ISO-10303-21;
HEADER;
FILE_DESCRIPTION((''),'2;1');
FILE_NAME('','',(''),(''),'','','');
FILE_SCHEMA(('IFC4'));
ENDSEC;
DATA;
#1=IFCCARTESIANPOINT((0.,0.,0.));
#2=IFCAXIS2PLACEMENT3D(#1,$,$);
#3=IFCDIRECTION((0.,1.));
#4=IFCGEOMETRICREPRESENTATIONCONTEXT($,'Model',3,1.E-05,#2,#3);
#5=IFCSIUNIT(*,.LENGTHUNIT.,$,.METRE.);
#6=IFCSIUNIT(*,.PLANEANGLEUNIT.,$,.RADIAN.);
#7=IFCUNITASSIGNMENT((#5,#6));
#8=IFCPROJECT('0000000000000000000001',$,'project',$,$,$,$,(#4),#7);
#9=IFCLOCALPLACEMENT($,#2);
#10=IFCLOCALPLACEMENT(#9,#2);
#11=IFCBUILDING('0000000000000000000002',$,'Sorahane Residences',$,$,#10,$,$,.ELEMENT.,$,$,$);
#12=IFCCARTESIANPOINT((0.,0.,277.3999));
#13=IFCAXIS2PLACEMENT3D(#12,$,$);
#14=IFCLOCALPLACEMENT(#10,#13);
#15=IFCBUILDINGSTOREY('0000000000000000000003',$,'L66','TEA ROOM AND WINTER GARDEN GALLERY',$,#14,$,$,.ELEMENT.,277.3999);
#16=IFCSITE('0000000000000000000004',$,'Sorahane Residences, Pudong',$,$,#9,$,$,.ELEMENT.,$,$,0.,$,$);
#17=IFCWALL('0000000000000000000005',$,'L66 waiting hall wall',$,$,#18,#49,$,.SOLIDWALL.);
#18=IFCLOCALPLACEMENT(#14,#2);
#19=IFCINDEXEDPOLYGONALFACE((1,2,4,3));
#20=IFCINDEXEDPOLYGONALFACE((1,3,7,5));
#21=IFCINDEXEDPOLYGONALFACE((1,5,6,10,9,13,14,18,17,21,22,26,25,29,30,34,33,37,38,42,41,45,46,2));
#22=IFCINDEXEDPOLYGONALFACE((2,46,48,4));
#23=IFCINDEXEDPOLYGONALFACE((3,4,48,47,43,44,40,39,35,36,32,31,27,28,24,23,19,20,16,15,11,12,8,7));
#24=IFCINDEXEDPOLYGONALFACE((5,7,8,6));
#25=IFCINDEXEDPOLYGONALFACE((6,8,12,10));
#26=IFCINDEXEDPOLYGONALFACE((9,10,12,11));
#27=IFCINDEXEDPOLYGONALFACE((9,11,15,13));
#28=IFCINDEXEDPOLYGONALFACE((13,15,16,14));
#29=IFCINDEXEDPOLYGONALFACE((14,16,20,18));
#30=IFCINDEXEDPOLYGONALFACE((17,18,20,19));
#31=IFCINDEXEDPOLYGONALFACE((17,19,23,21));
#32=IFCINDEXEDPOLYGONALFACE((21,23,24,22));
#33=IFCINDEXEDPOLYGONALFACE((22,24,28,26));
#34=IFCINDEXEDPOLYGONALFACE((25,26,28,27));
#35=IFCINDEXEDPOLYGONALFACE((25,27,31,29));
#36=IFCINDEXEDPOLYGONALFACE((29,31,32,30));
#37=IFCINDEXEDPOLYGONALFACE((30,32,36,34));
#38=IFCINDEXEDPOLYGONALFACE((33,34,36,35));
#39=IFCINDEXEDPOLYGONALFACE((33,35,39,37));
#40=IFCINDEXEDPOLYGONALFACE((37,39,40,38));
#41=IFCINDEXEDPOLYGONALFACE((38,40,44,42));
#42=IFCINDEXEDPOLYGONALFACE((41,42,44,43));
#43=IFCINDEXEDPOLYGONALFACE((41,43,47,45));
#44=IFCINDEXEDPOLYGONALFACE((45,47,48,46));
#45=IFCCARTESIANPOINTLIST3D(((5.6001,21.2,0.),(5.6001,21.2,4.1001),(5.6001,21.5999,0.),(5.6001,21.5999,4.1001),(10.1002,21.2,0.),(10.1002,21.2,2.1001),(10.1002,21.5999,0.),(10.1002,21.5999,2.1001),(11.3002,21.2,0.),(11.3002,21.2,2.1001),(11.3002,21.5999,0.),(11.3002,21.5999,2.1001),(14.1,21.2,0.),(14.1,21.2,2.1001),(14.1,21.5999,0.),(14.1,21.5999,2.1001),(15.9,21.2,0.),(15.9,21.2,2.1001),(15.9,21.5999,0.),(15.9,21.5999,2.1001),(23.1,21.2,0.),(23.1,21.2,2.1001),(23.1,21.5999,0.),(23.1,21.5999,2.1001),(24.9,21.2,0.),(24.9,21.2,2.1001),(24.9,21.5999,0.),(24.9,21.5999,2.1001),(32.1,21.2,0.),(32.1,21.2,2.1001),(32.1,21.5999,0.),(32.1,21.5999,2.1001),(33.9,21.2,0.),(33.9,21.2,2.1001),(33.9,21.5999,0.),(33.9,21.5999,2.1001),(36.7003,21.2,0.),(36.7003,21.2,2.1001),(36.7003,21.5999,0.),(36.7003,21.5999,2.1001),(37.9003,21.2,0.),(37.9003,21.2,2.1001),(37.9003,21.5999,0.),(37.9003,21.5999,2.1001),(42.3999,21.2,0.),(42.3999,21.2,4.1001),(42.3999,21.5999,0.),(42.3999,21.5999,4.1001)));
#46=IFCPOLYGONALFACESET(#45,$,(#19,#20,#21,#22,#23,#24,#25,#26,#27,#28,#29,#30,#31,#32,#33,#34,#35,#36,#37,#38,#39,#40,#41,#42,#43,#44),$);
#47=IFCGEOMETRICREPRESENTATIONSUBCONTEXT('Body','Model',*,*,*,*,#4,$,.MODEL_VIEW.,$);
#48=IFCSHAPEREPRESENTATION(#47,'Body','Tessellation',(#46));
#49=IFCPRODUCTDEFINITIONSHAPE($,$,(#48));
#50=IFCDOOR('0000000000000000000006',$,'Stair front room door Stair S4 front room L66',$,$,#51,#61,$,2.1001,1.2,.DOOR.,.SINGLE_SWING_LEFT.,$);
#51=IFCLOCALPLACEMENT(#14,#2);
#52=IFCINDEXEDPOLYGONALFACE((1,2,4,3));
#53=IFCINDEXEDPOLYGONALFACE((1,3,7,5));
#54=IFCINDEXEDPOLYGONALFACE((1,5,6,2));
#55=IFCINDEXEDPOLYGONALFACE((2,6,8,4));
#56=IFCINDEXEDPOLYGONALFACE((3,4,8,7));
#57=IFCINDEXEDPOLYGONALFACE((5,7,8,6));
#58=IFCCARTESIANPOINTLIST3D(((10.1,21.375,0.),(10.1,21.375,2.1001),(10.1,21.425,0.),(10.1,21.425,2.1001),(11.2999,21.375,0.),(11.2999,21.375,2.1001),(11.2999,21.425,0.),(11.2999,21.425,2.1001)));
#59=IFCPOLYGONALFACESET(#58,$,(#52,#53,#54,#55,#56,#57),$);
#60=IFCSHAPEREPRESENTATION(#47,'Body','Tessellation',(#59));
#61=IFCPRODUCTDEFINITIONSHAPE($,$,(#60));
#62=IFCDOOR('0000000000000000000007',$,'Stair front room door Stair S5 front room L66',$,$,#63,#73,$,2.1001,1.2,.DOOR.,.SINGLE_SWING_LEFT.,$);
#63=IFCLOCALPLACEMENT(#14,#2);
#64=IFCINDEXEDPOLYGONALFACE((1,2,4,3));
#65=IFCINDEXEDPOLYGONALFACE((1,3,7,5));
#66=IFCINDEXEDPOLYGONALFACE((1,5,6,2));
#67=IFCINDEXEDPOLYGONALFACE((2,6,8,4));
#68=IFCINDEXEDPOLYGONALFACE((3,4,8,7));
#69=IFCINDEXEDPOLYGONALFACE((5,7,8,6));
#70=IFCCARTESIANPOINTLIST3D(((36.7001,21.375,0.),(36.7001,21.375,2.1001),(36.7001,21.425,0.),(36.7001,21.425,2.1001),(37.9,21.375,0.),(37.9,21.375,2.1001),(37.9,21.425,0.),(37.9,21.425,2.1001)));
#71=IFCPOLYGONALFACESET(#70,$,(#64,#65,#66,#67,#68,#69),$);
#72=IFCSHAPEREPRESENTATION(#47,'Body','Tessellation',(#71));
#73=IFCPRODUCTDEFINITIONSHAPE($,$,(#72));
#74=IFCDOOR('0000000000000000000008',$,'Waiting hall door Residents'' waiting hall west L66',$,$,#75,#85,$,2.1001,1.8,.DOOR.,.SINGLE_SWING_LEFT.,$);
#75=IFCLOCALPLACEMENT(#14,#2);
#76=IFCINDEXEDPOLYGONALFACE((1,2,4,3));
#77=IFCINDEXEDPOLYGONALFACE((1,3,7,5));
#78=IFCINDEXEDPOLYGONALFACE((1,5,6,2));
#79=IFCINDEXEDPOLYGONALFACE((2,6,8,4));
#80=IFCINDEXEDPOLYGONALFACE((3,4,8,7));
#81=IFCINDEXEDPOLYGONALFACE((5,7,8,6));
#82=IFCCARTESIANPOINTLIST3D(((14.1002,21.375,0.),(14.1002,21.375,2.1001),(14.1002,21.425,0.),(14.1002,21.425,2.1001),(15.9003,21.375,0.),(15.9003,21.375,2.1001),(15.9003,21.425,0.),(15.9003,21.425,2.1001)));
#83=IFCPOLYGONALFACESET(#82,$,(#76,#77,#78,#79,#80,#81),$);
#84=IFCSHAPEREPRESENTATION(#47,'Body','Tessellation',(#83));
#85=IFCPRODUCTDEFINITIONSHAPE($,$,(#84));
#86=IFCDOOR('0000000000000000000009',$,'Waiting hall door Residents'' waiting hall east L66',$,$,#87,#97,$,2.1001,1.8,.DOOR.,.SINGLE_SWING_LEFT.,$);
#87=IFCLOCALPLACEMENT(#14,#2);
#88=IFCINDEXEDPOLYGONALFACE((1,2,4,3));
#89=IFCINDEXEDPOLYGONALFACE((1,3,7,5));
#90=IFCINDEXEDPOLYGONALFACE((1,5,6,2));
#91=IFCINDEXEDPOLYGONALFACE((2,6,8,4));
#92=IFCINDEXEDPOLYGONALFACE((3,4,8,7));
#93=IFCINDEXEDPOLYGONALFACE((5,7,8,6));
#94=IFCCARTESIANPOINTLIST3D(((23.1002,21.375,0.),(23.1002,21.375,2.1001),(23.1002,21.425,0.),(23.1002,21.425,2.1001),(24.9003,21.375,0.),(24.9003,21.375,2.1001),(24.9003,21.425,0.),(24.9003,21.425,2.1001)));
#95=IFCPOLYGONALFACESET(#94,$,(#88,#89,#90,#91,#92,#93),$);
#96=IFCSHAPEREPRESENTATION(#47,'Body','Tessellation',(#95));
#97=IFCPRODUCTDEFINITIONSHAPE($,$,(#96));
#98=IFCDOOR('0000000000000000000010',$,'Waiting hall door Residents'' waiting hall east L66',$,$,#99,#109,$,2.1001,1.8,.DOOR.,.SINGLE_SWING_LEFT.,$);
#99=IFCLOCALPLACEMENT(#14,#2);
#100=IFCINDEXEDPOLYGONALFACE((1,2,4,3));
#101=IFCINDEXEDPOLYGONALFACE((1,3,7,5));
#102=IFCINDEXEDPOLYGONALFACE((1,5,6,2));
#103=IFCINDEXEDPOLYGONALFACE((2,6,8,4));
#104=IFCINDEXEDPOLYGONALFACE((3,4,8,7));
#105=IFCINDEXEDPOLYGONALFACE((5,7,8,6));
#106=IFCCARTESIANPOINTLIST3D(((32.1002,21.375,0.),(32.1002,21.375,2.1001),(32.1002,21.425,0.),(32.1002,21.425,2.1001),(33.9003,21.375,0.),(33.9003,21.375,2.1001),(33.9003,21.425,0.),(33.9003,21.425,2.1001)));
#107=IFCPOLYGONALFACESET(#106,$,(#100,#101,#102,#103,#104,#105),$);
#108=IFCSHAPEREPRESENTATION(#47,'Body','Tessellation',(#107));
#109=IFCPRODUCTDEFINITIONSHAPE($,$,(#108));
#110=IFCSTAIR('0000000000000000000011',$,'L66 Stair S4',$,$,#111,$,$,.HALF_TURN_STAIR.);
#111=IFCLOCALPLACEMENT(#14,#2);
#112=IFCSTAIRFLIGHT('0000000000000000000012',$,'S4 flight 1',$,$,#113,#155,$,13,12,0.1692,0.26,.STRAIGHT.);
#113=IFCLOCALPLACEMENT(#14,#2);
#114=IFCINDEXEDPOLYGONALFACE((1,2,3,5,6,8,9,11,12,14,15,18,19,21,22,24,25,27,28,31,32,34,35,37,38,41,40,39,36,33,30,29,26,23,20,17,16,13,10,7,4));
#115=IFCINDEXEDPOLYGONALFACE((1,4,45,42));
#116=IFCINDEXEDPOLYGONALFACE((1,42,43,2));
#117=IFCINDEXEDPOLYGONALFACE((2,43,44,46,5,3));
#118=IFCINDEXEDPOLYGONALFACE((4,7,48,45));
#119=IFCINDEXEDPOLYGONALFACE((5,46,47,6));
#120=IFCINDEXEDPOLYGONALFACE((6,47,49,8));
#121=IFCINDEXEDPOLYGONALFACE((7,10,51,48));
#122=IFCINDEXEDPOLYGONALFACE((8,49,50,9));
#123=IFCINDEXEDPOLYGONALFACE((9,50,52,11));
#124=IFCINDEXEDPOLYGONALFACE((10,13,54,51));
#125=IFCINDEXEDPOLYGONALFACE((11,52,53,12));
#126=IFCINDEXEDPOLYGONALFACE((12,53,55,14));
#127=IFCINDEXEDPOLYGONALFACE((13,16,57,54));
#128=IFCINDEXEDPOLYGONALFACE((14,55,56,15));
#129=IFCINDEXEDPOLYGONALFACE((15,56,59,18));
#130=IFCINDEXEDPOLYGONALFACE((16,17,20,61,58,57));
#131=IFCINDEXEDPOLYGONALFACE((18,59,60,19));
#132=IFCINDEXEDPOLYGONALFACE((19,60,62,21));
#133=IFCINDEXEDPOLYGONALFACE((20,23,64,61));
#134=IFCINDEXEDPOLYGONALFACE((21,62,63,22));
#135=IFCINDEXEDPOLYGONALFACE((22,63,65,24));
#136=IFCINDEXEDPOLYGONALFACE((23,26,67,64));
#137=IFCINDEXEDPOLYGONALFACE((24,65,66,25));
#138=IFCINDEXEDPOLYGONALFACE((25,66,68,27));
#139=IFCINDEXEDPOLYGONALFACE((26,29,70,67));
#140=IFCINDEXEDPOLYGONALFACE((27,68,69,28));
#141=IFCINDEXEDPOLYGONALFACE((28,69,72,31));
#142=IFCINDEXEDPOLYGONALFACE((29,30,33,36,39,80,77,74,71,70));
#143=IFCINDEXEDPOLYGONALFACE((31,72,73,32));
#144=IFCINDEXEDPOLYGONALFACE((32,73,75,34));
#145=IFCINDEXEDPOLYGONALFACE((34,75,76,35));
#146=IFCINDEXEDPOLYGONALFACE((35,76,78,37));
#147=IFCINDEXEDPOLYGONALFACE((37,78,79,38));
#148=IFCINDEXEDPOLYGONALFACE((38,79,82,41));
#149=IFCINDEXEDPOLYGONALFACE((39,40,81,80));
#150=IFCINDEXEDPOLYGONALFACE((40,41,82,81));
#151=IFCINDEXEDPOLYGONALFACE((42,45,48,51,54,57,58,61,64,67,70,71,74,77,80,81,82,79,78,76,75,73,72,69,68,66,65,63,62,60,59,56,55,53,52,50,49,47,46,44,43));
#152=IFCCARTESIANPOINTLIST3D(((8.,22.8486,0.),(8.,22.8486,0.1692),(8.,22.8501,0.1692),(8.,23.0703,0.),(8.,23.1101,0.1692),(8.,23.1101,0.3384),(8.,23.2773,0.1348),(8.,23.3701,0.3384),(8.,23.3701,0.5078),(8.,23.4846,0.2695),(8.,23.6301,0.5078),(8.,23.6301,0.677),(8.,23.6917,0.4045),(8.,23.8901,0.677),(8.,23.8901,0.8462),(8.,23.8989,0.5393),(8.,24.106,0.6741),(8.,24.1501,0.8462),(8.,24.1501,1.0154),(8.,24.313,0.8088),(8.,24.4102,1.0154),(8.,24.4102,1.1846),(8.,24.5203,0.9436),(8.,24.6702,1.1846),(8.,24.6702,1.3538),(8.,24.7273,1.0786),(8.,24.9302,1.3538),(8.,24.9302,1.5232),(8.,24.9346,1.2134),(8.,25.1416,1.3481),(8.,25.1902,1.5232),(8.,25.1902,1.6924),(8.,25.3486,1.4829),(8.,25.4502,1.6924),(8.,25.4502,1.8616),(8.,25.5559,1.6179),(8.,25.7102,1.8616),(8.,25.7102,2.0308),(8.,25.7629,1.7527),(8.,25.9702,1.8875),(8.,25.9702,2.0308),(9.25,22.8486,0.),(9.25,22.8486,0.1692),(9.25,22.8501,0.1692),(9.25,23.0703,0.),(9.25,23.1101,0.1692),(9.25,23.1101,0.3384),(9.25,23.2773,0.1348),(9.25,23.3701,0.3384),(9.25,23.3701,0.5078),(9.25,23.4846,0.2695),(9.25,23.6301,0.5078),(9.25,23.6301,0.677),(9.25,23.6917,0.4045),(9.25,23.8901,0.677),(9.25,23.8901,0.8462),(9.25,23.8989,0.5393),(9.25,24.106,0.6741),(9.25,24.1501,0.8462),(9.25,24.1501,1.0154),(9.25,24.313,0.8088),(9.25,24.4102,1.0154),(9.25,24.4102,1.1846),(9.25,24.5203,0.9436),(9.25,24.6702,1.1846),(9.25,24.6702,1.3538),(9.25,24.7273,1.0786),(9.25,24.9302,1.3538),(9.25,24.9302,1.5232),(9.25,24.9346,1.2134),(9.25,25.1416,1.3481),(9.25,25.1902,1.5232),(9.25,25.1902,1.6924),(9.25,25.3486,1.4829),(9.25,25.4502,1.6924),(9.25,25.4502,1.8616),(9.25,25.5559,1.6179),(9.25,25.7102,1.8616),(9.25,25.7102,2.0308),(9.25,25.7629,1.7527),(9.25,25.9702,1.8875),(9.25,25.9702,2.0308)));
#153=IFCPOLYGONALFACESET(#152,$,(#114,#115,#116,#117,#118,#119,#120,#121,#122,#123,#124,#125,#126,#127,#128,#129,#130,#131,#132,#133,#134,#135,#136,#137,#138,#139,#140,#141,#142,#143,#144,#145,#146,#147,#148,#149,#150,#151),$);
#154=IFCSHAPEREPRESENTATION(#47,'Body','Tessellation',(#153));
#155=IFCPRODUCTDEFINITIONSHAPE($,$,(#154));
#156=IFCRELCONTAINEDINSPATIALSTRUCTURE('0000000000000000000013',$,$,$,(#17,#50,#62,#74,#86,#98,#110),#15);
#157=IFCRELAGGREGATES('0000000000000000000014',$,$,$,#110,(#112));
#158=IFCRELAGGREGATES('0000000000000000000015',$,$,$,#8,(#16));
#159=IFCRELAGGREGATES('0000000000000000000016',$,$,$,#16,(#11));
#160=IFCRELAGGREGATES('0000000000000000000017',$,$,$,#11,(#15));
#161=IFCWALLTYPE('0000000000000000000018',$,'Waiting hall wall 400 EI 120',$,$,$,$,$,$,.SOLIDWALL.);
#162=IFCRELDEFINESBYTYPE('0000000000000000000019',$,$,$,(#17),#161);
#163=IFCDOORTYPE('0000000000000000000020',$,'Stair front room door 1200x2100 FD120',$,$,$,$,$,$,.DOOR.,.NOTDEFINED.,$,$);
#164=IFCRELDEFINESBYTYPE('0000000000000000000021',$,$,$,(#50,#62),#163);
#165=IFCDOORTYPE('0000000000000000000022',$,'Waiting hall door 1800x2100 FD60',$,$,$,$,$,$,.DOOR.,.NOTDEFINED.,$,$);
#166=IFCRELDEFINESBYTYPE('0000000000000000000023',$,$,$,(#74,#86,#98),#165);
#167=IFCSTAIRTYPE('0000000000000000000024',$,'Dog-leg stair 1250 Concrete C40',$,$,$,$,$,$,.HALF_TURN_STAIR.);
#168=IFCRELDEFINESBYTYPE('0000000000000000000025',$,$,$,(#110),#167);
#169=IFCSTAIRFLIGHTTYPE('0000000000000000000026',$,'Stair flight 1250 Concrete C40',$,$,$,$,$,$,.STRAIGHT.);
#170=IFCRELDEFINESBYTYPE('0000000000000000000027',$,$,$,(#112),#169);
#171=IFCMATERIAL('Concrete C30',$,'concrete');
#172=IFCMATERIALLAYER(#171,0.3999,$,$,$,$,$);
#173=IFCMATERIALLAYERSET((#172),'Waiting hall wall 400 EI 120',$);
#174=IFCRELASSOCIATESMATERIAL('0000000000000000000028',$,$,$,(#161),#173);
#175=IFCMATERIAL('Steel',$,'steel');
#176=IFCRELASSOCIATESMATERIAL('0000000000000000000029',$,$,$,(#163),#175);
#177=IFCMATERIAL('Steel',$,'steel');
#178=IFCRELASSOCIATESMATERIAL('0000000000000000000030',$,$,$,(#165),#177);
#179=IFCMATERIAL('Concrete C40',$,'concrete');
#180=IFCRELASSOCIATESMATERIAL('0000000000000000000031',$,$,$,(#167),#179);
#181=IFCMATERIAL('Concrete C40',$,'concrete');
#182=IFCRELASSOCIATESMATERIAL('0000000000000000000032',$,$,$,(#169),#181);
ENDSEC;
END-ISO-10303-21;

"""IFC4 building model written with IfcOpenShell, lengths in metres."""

from ifc_helpers import new_model, si_unit, direction, frame, frame_2d, origin, place, context, subcontext, project, spatial, polyline, rectangle, outline, extrude, material, layer, layer_set, type_object, element, fill, aggregate, save


model = new_model("IFC4")

# Units and contexts
model_context = context("Model", 3, precision=1e-05, world=origin(), true_north=direction((0.0, 1.0)))
body_context = subcontext(model_context, "Body", "Model", "MODEL_VIEW")
ifc_project = project(units=[si_unit("LENGTHUNIT", "METRE"), si_unit("PLANEANGLEUNIT", "RADIAN")], contexts=[model_context])

# Site, building, storey
site_placement = place(None, origin())
site = spatial("IfcSite", under=ifc_project, at=site_placement, Name="Sorahane Residences, Pudong", CompositionType="ELEMENT", RefElevation=0.0)
building_placement = place(site_placement, origin())
building = spatial("IfcBuilding", under=site, at=building_placement, Name="Sorahane Residences", CompositionType="ELEMENT")
storey_placement = place(building_placement, frame((0.0, 0.0, 277.3999)))
storey = spatial("IfcBuildingStorey", under=building, at=storey_placement, Name="L66", Description="TEA ROOM AND WINTER GARDEN GALLERY", CompositionType="ELEMENT", Elevation=277.3999)

# Wall, openings, doors
ifc_material_1 = material(Name="Concrete C30", Category="concrete")
ifc_layer_1 = layer(ifc_material_1, 0.3999)
ifc_layer_set_1 = layer_set([ifc_layer_1], Name="Waiting hall wall 400 EI 120")
wall_type_1 = type_object("IfcWallType", Name="Waiting hall wall 400 EI 120", PredefinedType="SOLIDWALL", material=ifc_layer_set_1)
wall_1_placement = place(storey_placement, frame((5.6001, 21.3999, 0.0), z_axis=(0.0, 0.0, 1.0), x_axis=(1.0, 0.0, 0.0)))
wall_1 = element("IfcWall", 1, at=wall_1_placement, inside=storey, type_object=wall_type_1, Name="L66 waiting hall wall", PredefinedType="SOLIDWALL", context=body_context, shape_type="SweptSolid", body=[
    extrude(rectangle(XDim=36.7998, YDim=0.3999, at=frame_2d((18.3999, 0.0))), origin(), (0.0, 0.0, 1.0), 4.1001),
])
opening_1_placement = place(wall_1_placement, frame((8.5, 0.0, 0.0)))
opening_1 = element("IfcOpeningElement", 2, at=opening_1_placement, cuts=wall_1, PredefinedType="OPENING", context=body_context, shape_type="SweptSolid", body=[
    extrude(rectangle(XDim=1.8, YDim=2.1001, at=frame_2d((0.8999, 1.05))), frame((0.0, 0.21, 0.0), z_axis=(0.0, -1.0, 0.0), x_axis=(1.0, 0.0, 0.0)), (0.0, 0.0, 1.0), 0.4199),
])
opening_2_placement = place(wall_1_placement, frame((17.5, 0.0, 0.0)))
opening_2 = element("IfcOpeningElement", 3, at=opening_2_placement, cuts=wall_1, PredefinedType="OPENING", context=body_context, shape_type="SweptSolid", body=[
    extrude(rectangle(XDim=1.8, YDim=2.1001, at=frame_2d((0.8999, 1.05))), frame((0.0, 0.21, 0.0), z_axis=(0.0, -1.0, 0.0), x_axis=(1.0, 0.0, 0.0)), (0.0, 0.0, 1.0), 0.4199),
])
opening_3_placement = place(wall_1_placement, frame((26.5, 0.0, 0.0)))
opening_3 = element("IfcOpeningElement", 4, at=opening_3_placement, cuts=wall_1, PredefinedType="OPENING", context=body_context, shape_type="SweptSolid", body=[
    extrude(rectangle(XDim=1.8, YDim=2.1001, at=frame_2d((0.8999, 1.05))), frame((0.0, 0.21, 0.0), z_axis=(0.0, -1.0, 0.0), x_axis=(1.0, 0.0, 0.0)), (0.0, 0.0, 1.0), 0.4199),
])
opening_4_placement = place(wall_1_placement, frame((4.5, 0.0, 0.0)))
opening_4 = element("IfcOpeningElement", 5, at=opening_4_placement, cuts=wall_1, PredefinedType="OPENING", context=body_context, shape_type="SweptSolid", body=[
    extrude(rectangle(XDim=1.2, YDim=2.1001, at=frame_2d((0.6001, 1.05))), frame((0.0, 0.21, 0.0), z_axis=(0.0, -1.0, 0.0), x_axis=(1.0, 0.0, 0.0)), (0.0, 0.0, 1.0), 0.4199),
])
opening_5_placement = place(wall_1_placement, frame((31.1001, 0.0, 0.0)))
opening_5 = element("IfcOpeningElement", 6, at=opening_5_placement, cuts=wall_1, PredefinedType="OPENING", context=body_context, shape_type="SweptSolid", body=[
    extrude(rectangle(XDim=1.2, YDim=2.1001, at=frame_2d((0.6001, 1.05))), frame((0.0, 0.21, 0.0), z_axis=(0.0, -1.0, 0.0), x_axis=(1.0, 0.0, 0.0)), (0.0, 0.0, 1.0), 0.4199),
])
ifc_material_2 = material(Name="Steel", Category="steel")
door_type_1 = type_object("IfcDoorType", Name="Stair front room door 1200x2100 FD120", OperationType="NOTDEFINED", PredefinedType="DOOR", material=ifc_material_2)
door_1_placement = place(opening_4_placement, frame((1.2, 0.0, 0.0), z_axis=(0.0, 0.0, 1.0), x_axis=(-1.0, 0.0, 0.0)))
door_1 = element("IfcDoor", 7, at=door_1_placement, inside=storey, type_object=door_type_1, Name="Stair front room door Stair S4 front room L66", OperationType="SINGLE_SWING_LEFT", OverallHeight=2.1001, OverallWidth=1.2, PredefinedType="DOOR", context=body_context, shape_type="SweptSolid", body=[
    extrude(rectangle(XDim=1.2, YDim=2.1001, at=frame_2d((0.6001, 1.05))), frame((0.0, 0.0249, 0.0), z_axis=(0.0, -1.0, 0.0), x_axis=(1.0, 0.0, 0.0)), (0.0, 0.0, 1.0), 0.05),
])
fill(opening_4, door_1)
door_2_placement = place(opening_5_placement, frame((1.2, 0.0, 0.0), z_axis=(0.0, 0.0, 1.0), x_axis=(-1.0, 0.0, 0.0)))
door_2 = element("IfcDoor", 8, at=door_2_placement, inside=storey, type_object=door_type_1, Name="Stair front room door Stair S5 front room L66", OperationType="SINGLE_SWING_LEFT", OverallHeight=2.1001, OverallWidth=1.2, PredefinedType="DOOR", context=body_context, shape_type="SweptSolid", body=[
    extrude(rectangle(XDim=1.2, YDim=2.1001, at=frame_2d((0.6001, 1.05))), frame((0.0, 0.0249, 0.0), z_axis=(0.0, -1.0, 0.0), x_axis=(1.0, 0.0, 0.0)), (0.0, 0.0, 1.0), 0.05),
])
fill(opening_5, door_2)
ifc_material_3 = material(Name="Steel", Category="steel")
door_type_2 = type_object("IfcDoorType", Name="Waiting hall door 1800x2100 FD60", OperationType="NOTDEFINED", PredefinedType="DOOR", material=ifc_material_3)
door_3_placement = place(opening_1_placement, frame((1.8, 0.0, 0.0), z_axis=(0.0, 0.0, 1.0), x_axis=(-1.0, 0.0, 0.0)))
door_3 = element("IfcDoor", 9, at=door_3_placement, inside=storey, type_object=door_type_2, Name="Waiting hall door Residents' waiting hall west L66", OperationType="SINGLE_SWING_LEFT", OverallHeight=2.1001, OverallWidth=1.8, PredefinedType="DOOR", context=body_context, shape_type="SweptSolid", body=[
    extrude(rectangle(XDim=1.8, YDim=2.1001, at=frame_2d((0.8999, 1.05))), frame((0.0, 0.0249, 0.0), z_axis=(0.0, -1.0, 0.0), x_axis=(1.0, 0.0, 0.0)), (0.0, 0.0, 1.0), 0.05),
])
fill(opening_1, door_3)
door_4_placement = place(opening_2_placement, frame((1.8, 0.0, 0.0), z_axis=(0.0, 0.0, 1.0), x_axis=(-1.0, 0.0, 0.0)))
door_4 = element("IfcDoor", 10, at=door_4_placement, inside=storey, type_object=door_type_2, Name="Waiting hall door Residents' waiting hall east L66", OperationType="SINGLE_SWING_LEFT", OverallHeight=2.1001, OverallWidth=1.8, PredefinedType="DOOR", context=body_context, shape_type="SweptSolid", body=[
    extrude(rectangle(XDim=1.8, YDim=2.1001, at=frame_2d((0.8999, 1.05))), frame((0.0, 0.0249, 0.0), z_axis=(0.0, -1.0, 0.0), x_axis=(1.0, 0.0, 0.0)), (0.0, 0.0, 1.0), 0.05),
])
fill(opening_2, door_4)
door_5_placement = place(opening_3_placement, frame((1.8, 0.0, 0.0), z_axis=(0.0, 0.0, 1.0), x_axis=(-1.0, 0.0, 0.0)))
door_5 = element("IfcDoor", 11, at=door_5_placement, inside=storey, type_object=door_type_2, Name="Waiting hall door Residents' waiting hall east L66", OperationType="SINGLE_SWING_LEFT", OverallHeight=2.1001, OverallWidth=1.8, PredefinedType="DOOR", context=body_context, shape_type="SweptSolid", body=[
    extrude(rectangle(XDim=1.8, YDim=2.1001, at=frame_2d((0.8999, 1.05))), frame((0.0, 0.0249, 0.0), z_axis=(0.0, -1.0, 0.0), x_axis=(1.0, 0.0, 0.0)), (0.0, 0.0, 1.0), 0.05),
])
fill(opening_3, door_5)

# Stair, stair flight
ifc_material_4 = material(Name="Concrete C40", Category="concrete")
stair_type = type_object("IfcStairType", Name="Dog-leg stair 1250 Concrete C40", PredefinedType="HALF_TURN_STAIR", material=ifc_material_4)
stair_placement = place(storey_placement, origin())
stair = element("IfcStair", 12, at=stair_placement, inside=storey, type_object=stair_type, Name="L66 Stair S4", PredefinedType="HALF_TURN_STAIR")
ifc_material_5 = material(Name="Concrete C40", Category="concrete")
stair_flight_type = type_object("IfcStairFlightType", Name="Stair flight 1250 Concrete C40", PredefinedType="STRAIGHT", material=ifc_material_5)
stair_flight_placement = place(storey_placement, frame((8.625, 22.8501, 0.0), z_axis=(0.0, 0.0, 1.0), x_axis=(0.0, 1.0, 0.0)))
stair_flight = element("IfcStairFlight", 13, at=stair_flight_placement, type_object=stair_flight_type, Name="S4 flight 1", NumberOfRisers=13, NumberOfTreads=12, PredefinedType="STRAIGHT", RiserHeight=0.1692, TreadLength=0.26, context=body_context, shape_type="SweptSolid", body=[
    extrude(outline(polyline([(-0.0015, 0.0), (-0.0015, 0.1692), (0.0, 0.1692), (0.26, 0.1692), (0.26, 0.3384), (0.52, 0.3384), (0.52, 0.5078), (0.78, 0.5078), (0.78, 0.677), (1.04, 0.677), (1.04, 0.8462), (1.3, 0.8462), (1.3, 1.0154), (1.5601, 1.0154), (1.5601, 1.1846), (1.8201, 1.1846), (1.8201, 1.3538), (2.0801, 1.3538), (2.0801, 1.5232), (2.3401, 1.5232), (2.3401, 1.6924), (2.6001, 1.6924), (2.6001, 1.8616), (2.8601, 1.8616), (2.8601, 2.0308), (3.1201, 2.0308), (3.1201, 2.2), (3.1201, 1.8875), (2.9128, 1.7527), (2.7058, 1.6179), (2.4985, 1.4829), (2.2915, 1.3481), (2.0845, 1.2134), (1.8772, 1.0786), (1.6702, 0.9436), (1.4629, 0.8088), (1.2559, 0.6741), (1.0488, 0.5393), (0.8416, 0.4045), (0.6345, 0.2695), (0.4272, 0.1348), (0.2202, 0.0), (-0.0015, 0.0)])), frame((0.0, 0.625, 0.0), z_axis=(0.0, -1.0, 0.0), x_axis=(1.0, 0.0, 0.0)), (0.0, 0.0, 1.0), 1.25),
])
aggregate(stair, [stair_flight])

save(model, "model.ifc")
